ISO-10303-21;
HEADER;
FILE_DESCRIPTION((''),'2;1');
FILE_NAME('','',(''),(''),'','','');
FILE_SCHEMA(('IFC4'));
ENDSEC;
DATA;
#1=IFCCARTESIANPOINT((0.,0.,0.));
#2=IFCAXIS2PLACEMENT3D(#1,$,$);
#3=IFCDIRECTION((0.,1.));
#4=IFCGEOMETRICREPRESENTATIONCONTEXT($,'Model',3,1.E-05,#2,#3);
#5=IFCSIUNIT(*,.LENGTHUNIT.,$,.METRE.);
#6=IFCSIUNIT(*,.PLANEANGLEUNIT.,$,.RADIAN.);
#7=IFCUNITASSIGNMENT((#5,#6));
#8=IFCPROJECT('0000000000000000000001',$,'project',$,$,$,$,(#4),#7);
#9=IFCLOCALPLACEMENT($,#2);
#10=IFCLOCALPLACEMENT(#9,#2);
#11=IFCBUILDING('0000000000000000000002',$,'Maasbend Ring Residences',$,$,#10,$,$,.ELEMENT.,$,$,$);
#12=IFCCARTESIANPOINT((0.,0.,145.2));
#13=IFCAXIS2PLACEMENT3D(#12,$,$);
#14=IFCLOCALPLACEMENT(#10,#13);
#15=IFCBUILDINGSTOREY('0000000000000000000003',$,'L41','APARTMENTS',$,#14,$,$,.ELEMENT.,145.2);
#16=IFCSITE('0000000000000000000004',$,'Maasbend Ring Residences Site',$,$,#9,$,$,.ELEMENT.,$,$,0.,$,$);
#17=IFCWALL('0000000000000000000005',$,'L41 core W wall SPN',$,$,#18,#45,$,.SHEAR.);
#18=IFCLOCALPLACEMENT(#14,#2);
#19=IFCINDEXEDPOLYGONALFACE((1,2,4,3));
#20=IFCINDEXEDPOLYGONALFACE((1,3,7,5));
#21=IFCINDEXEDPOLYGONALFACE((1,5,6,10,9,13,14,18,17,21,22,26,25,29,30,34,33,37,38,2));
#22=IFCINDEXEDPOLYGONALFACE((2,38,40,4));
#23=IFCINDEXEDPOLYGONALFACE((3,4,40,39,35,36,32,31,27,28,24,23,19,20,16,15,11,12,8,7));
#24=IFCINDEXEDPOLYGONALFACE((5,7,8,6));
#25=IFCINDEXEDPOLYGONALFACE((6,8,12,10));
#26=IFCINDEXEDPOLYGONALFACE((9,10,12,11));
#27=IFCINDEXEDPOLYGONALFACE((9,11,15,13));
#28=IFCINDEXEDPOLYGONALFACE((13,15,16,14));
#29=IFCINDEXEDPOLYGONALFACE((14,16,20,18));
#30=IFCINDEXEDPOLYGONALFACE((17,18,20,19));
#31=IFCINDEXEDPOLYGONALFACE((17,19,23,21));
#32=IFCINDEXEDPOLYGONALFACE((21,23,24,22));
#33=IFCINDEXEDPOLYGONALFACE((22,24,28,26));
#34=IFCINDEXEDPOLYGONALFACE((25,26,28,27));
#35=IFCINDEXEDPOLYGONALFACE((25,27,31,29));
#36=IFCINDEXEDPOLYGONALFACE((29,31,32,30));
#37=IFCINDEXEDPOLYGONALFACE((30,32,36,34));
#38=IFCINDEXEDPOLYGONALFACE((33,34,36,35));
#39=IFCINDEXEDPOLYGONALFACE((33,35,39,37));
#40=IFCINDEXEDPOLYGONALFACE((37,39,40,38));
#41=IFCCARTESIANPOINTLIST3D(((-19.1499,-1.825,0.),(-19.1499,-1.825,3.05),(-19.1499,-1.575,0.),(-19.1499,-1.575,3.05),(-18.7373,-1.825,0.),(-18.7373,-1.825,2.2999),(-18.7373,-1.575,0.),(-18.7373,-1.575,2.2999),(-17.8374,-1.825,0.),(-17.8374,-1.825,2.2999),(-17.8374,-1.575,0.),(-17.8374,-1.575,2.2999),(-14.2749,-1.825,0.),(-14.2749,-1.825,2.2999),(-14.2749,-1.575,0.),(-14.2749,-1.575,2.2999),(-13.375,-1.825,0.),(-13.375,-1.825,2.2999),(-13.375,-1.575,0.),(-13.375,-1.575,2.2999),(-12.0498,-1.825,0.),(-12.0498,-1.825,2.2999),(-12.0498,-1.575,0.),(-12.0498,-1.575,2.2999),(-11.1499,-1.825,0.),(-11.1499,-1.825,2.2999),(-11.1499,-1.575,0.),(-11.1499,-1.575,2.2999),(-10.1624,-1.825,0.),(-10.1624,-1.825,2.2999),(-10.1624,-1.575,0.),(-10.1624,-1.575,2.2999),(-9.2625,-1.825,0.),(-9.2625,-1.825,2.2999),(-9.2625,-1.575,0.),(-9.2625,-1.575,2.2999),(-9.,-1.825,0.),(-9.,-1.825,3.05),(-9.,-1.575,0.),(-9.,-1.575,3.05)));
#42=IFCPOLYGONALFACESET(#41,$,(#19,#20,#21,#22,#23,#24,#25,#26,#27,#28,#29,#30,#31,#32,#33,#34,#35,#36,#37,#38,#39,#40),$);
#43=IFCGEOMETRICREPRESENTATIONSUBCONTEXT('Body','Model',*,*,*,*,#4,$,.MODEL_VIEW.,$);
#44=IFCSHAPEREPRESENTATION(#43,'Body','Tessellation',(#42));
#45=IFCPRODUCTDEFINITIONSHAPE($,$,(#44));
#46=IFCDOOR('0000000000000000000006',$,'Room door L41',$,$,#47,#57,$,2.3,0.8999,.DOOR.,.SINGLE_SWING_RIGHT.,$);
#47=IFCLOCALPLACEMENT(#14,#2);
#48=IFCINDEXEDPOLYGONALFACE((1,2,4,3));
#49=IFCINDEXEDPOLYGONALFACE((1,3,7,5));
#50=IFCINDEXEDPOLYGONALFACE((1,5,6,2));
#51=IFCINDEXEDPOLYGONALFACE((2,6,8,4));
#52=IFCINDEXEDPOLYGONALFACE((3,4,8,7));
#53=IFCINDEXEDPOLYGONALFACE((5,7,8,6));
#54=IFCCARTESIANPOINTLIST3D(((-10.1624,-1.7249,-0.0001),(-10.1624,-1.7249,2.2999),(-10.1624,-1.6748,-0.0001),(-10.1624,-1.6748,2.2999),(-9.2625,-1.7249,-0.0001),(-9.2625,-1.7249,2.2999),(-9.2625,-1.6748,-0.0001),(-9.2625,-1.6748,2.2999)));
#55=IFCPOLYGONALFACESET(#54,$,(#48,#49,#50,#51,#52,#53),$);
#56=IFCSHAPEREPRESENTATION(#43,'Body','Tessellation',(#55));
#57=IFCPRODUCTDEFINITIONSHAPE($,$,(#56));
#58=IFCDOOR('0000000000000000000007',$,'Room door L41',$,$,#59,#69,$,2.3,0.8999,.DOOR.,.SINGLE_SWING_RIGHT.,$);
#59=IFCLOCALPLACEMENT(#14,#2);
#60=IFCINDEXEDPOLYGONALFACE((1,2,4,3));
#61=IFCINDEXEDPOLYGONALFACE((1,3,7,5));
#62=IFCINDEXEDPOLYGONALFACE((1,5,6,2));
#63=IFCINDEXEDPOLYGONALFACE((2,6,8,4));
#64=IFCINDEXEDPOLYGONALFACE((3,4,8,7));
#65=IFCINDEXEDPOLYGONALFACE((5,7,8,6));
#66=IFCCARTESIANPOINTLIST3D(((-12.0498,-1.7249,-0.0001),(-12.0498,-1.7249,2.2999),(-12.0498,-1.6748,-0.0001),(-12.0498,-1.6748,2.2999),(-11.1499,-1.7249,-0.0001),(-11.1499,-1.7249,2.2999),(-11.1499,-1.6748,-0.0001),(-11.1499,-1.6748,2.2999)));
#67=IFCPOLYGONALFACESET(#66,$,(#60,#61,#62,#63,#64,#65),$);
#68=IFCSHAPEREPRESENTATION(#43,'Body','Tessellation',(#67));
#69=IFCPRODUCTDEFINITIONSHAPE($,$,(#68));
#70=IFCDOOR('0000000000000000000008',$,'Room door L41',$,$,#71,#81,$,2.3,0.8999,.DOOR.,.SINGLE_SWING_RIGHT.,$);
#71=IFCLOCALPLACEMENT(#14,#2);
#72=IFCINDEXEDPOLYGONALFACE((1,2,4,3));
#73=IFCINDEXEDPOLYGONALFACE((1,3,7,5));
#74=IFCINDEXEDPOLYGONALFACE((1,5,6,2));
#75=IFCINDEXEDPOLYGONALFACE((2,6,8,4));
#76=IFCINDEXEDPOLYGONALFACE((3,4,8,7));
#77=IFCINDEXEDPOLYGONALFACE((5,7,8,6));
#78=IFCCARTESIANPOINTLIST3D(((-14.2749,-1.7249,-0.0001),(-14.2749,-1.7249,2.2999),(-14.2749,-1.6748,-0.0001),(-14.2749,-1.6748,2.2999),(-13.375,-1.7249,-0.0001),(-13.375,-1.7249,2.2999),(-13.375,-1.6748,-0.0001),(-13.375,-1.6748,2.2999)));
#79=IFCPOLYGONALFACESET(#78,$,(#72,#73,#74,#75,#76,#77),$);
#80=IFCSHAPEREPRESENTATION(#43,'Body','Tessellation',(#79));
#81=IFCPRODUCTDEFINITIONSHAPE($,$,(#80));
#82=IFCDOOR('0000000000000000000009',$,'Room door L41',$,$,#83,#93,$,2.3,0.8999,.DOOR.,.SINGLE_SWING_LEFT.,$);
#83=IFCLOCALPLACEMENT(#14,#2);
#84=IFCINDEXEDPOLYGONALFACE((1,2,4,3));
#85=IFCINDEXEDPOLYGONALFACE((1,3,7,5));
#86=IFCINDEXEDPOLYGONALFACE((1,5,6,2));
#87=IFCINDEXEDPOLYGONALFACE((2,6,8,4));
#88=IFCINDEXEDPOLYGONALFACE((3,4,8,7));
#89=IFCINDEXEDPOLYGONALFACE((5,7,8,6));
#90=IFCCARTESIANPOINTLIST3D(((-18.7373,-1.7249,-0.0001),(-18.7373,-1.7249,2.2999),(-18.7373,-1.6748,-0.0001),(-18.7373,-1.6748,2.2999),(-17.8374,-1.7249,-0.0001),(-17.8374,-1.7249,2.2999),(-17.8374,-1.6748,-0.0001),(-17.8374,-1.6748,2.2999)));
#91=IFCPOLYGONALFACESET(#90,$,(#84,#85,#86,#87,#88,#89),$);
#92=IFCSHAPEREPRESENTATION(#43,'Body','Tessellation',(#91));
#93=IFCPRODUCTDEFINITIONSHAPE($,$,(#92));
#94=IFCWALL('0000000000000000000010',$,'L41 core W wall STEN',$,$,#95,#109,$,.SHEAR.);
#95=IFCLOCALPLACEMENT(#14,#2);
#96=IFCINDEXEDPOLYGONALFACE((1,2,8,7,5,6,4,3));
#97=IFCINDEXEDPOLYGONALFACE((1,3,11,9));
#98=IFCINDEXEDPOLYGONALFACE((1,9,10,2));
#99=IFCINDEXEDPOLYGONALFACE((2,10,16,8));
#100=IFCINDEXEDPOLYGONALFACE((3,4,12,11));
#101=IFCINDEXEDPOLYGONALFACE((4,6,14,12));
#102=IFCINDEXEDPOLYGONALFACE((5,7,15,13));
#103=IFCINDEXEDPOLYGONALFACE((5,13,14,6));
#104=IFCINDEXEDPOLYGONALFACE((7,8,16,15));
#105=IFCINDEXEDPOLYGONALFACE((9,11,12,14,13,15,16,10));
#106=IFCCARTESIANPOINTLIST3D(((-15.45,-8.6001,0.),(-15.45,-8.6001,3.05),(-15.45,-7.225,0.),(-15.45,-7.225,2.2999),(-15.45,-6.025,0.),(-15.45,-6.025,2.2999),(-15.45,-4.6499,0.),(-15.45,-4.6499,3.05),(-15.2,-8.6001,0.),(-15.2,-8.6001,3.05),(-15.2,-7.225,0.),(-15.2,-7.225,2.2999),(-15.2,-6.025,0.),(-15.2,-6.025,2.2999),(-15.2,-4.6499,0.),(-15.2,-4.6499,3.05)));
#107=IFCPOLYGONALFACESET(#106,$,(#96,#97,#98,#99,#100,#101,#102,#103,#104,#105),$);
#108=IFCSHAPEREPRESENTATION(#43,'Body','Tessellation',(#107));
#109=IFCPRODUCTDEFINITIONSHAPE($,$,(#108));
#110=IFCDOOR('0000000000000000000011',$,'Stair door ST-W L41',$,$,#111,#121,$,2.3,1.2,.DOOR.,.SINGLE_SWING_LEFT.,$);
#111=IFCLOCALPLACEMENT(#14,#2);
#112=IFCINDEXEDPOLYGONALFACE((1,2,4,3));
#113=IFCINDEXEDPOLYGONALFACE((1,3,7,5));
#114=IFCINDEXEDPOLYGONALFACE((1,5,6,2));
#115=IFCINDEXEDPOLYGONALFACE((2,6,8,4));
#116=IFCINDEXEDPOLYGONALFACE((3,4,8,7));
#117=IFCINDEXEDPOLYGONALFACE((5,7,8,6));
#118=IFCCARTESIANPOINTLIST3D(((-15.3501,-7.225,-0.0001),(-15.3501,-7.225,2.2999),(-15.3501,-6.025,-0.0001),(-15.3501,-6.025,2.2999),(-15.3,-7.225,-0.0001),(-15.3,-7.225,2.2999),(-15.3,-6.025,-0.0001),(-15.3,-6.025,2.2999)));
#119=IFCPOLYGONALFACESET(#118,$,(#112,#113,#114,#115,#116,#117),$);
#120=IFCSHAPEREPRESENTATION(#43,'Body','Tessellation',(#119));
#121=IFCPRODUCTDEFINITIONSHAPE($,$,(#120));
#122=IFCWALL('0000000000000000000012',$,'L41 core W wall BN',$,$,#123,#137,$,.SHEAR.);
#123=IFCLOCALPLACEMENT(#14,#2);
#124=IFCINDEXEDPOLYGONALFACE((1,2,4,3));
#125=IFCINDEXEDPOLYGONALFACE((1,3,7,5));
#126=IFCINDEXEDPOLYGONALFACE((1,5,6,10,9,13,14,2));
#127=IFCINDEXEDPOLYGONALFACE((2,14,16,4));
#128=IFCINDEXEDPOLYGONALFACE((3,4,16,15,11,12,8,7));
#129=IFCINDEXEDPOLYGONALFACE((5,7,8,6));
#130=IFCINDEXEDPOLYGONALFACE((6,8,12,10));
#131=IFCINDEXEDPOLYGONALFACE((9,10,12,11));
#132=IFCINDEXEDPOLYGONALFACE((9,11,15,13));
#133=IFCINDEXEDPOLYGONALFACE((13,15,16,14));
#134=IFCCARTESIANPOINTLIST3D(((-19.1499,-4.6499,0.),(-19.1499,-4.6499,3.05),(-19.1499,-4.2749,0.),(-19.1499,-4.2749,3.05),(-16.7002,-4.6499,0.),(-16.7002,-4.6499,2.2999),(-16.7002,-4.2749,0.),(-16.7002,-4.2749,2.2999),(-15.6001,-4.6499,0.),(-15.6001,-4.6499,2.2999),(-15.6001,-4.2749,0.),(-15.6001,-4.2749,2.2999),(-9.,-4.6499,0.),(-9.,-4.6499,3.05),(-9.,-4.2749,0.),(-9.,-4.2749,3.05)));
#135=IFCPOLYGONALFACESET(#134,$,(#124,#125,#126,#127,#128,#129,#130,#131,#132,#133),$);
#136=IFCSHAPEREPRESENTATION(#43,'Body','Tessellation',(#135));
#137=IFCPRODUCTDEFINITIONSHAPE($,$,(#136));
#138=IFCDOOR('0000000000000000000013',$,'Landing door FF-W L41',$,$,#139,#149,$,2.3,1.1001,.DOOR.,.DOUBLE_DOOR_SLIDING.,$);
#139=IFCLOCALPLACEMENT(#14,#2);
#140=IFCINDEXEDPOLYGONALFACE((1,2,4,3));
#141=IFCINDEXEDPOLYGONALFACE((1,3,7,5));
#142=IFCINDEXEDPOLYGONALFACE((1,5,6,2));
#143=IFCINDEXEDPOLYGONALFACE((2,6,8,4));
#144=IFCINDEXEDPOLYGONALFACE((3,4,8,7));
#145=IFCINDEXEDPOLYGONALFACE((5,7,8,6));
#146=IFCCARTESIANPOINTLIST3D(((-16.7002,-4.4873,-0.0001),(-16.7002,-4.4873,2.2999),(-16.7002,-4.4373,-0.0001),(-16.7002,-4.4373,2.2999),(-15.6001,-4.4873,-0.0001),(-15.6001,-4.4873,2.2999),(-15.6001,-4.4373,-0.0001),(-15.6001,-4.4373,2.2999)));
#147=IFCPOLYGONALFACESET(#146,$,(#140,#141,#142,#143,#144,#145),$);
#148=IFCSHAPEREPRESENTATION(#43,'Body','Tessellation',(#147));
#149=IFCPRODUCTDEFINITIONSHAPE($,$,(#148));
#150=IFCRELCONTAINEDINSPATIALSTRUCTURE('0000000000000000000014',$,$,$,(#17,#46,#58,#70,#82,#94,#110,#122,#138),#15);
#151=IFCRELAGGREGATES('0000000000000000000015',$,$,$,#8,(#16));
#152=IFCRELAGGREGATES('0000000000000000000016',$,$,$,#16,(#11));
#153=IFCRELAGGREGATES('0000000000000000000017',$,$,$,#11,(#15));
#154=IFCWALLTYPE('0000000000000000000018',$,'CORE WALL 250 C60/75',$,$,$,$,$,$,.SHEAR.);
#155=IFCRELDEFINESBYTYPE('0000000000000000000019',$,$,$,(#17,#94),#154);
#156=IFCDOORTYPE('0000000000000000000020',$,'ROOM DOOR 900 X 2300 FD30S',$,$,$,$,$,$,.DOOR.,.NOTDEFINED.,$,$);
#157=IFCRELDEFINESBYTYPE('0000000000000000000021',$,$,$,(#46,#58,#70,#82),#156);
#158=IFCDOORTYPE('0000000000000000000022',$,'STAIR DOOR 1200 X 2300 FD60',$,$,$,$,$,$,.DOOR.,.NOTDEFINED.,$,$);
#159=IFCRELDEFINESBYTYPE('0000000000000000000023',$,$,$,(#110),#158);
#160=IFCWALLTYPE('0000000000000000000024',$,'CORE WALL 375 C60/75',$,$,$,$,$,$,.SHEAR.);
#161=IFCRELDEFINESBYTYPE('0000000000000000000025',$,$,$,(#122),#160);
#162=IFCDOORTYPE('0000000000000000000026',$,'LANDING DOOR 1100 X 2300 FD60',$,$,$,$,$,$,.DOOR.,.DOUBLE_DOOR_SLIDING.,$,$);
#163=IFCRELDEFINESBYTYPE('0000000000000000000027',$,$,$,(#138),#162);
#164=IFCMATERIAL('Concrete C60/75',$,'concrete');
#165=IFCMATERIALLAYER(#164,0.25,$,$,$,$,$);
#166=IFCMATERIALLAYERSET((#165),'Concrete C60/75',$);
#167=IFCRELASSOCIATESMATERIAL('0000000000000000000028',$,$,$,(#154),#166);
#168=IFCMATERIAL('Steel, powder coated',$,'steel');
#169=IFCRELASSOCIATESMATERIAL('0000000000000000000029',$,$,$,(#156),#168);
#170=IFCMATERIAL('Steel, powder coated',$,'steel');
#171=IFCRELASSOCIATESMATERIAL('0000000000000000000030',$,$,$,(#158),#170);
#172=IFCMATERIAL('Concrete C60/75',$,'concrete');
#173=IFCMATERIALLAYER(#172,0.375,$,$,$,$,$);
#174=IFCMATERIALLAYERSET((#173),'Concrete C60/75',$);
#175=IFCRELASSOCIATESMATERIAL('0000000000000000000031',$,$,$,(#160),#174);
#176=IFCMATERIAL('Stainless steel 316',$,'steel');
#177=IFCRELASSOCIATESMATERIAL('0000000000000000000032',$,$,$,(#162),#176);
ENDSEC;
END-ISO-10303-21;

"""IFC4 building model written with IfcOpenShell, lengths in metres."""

from ifc_helpers import new_model, si_unit, direction, frame, frame_2d, origin, place, context, subcontext, project, spatial, rectangle, extrude, material, layer, layer_set, type_object, element, fill, save


model = new_model("IFC4")

# Units and contexts
model_context = context("Model", 3, precision=1e-05, world=origin(), true_north=direction((0.0, 1.0)))
body_context = subcontext(model_context, "Body", "Model", "MODEL_VIEW")
ifc_project = project(units=[si_unit("LENGTHUNIT", "METRE"), si_unit("PLANEANGLEUNIT", "RADIAN")], contexts=[model_context])

# Site, building, storey
site_placement = place(None, origin())
site = spatial("IfcSite", under=ifc_project, at=site_placement, Name="Maasbend Ring Residences Site", CompositionType="ELEMENT", RefElevation=0.0)
building_placement = place(site_placement, origin())
building = spatial("IfcBuilding", under=site, at=building_placement, Name="Maasbend Ring Residences", CompositionType="ELEMENT")
storey_placement = place(building_placement, frame((0.0, 0.0, 145.2)))
storey = spatial("IfcBuildingStorey", under=building, at=storey_placement, Name="L41", Description="APARTMENTS", CompositionType="ELEMENT", Elevation=145.2)

# Wall, openings, doors
ifc_material_1 = material(Name="Concrete C60/75", Category="concrete")
ifc_layer_1 = layer(ifc_material_1, 0.25)
ifc_layer_set_1 = layer_set([ifc_layer_1], Name="Concrete C60/75")
wall_type_1 = type_object("IfcWallType", Name="CORE WALL 250 C60/75", PredefinedType="SHEAR", material=ifc_layer_set_1)
wall_1_placement = place(storey_placement, frame((-9.0, -1.7, 0.0), z_axis=(0.0, 0.0, 1.0), x_axis=(-1.0, 0.0, 0.0)))
wall_1 = element("IfcWall", 1, at=wall_1_placement, inside=storey, type_object=wall_type_1, Name="L41 core W wall SPN", PredefinedType="SHEAR", context=body_context, shape_type="SweptSolid", body=[
    extrude(rectangle(XDim=10.1499, YDim=0.25, at=frame_2d((5.075, 0.0))), origin(), (0.0, 0.0, 1.0), 3.05),
])
opening_1_placement = place(wall_1_placement, frame((0.2625, 0.0, 0.0)))
opening_1 = element("IfcOpeningElement", 2, at=opening_1_placement, cuts=wall_1, PredefinedType="OPENING", context=body_context, shape_type="SweptSolid", body=[
    extrude(rectangle(XDim=0.8999, YDim=2.3, at=frame_2d((0.45, 1.1499))), frame((0.0, 0.135, 0.0), z_axis=(0.0, -1.0, 0.0), x_axis=(1.0, 0.0, 0.0)), (0.0, 0.0, 1.0), 0.27),
])
opening_2_placement = place(wall_1_placement, frame((2.1499, 0.0, 0.0)))
opening_2 = element("IfcOpeningElement", 3, at=opening_2_placement, cuts=wall_1, PredefinedType="OPENING", context=body_context, shape_type="SweptSolid", body=[
    extrude(rectangle(XDim=0.8999, YDim=2.3, at=frame_2d((0.45, 1.1499))), frame((0.0, 0.135, 0.0), z_axis=(0.0, -1.0, 0.0), x_axis=(1.0, 0.0, 0.0)), (0.0, 0.0, 1.0), 0.27),
])
opening_3_placement = place(wall_1_placement, frame((4.375, 0.0, 0.0)))
opening_3 = element("IfcOpeningElement", 4, at=opening_3_placement, cuts=wall_1, PredefinedType="OPENING", context=body_context, shape_type="SweptSolid", body=[
    extrude(rectangle(XDim=0.8999, YDim=2.3, at=frame_2d((0.45, 1.1499))), frame((0.0, 0.135, 0.0), z_axis=(0.0, -1.0, 0.0), x_axis=(1.0, 0.0, 0.0)), (0.0, 0.0, 1.0), 0.27),
])
opening_4_placement = place(wall_1_placement, frame((8.8374, 0.0, 0.0)))
opening_4 = element("IfcOpeningElement", 5, at=opening_4_placement, cuts=wall_1, PredefinedType="OPENING", context=body_context, shape_type="SweptSolid", body=[
    extrude(rectangle(XDim=0.8999, YDim=2.3, at=frame_2d((0.45, 1.1499))), frame((0.0, 0.135, 0.0), z_axis=(0.0, -1.0, 0.0), x_axis=(1.0, 0.0, 0.0)), (0.0, 0.0, 1.0), 0.27),
])
ifc_material_2 = material(Name="Steel, powder coated", Category="steel")
door_type_1 = type_object("IfcDoorType", Name="ROOM DOOR 900 X 2300 FD30S", OperationType="NOTDEFINED", PredefinedType="DOOR", material=ifc_material_2)
door_1_placement = place(opening_1_placement, origin())
door_1 = element("IfcDoor", 6, at=door_1_placement, inside=storey, type_object=door_type_1, Name="Room door L41", OperationType="SINGLE_SWING_RIGHT", OverallHeight=2.3, OverallWidth=0.8999, PredefinedType="DOOR", context=body_context, shape_type="SweptSolid", body=[
    extrude(rectangle(XDim=0.8999, YDim=2.3, at=frame_2d((0.45, 1.1499))), frame((0.0, 0.0249, 0.0), z_axis=(0.0, -1.0, 0.0), x_axis=(1.0, 0.0, 0.0)), (0.0, 0.0, 1.0), 0.05),
])
fill(opening_1, door_1)
door_2_placement = place(opening_2_placement, origin())
door_2 = element("IfcDoor", 7, at=door_2_placement, inside=storey, type_object=door_type_1, Name="Room door L41", OperationType="SINGLE_SWING_RIGHT", OverallHeight=2.3, OverallWidth=0.8999, PredefinedType="DOOR", context=body_context, shape_type="SweptSolid", body=[
    extrude(rectangle(XDim=0.8999, YDim=2.3, at=frame_2d((0.45, 1.1499))), frame((0.0, 0.0249, 0.0), z_axis=(0.0, -1.0, 0.0), x_axis=(1.0, 0.0, 0.0)), (0.0, 0.0, 1.0), 0.05),
])
fill(opening_2, door_2)
door_3_placement = place(opening_3_placement, origin())
door_3 = element("IfcDoor", 8, at=door_3_placement, inside=storey, type_object=door_type_1, Name="Room door L41", OperationType="SINGLE_SWING_RIGHT", OverallHeight=2.3, OverallWidth=0.8999, PredefinedType="DOOR", context=body_context, shape_type="SweptSolid", body=[
    extrude(rectangle(XDim=0.8999, YDim=2.3, at=frame_2d((0.45, 1.1499))), frame((0.0, 0.0249, 0.0), z_axis=(0.0, -1.0, 0.0), x_axis=(1.0, 0.0, 0.0)), (0.0, 0.0, 1.0), 0.05),
])
fill(opening_3, door_3)
door_4_placement = place(opening_4_placement, origin())
door_4 = element("IfcDoor", 9, at=door_4_placement, inside=storey, type_object=door_type_1, Name="Room door L41", OperationType="SINGLE_SWING_LEFT", OverallHeight=2.3, OverallWidth=0.8999, PredefinedType="DOOR", context=body_context, shape_type="SweptSolid", body=[
    extrude(rectangle(XDim=0.8999, YDim=2.3, at=frame_2d((0.45, 1.1499))), frame((0.0, 0.0249, 0.0), z_axis=(0.0, -1.0, 0.0), x_axis=(1.0, 0.0, 0.0)), (0.0, 0.0, 1.0), 0.05),
])
fill(opening_4, door_4)

# Walls, openings, doors
wall_2_placement = place(storey_placement, frame((-15.325, -4.6499, 0.0), z_axis=(0.0, 0.0, 1.0), x_axis=(0.0, -1.0, 0.0)))
wall_2 = element("IfcWall", 10, at=wall_2_placement, inside=storey, type_object=wall_type_1, Name="L41 core W wall STEN", PredefinedType="SHEAR", context=body_context, shape_type="SweptSolid", body=[
    extrude(rectangle(XDim=3.9502, YDim=0.25, at=frame_2d((1.9751, 0.0))), origin(), (0.0, 0.0, 1.0), 3.05),
])
opening_5_placement = place(wall_2_placement, frame((1.375, 0.0, 0.0)))
opening_5 = element("IfcOpeningElement", 11, at=opening_5_placement, cuts=wall_2, PredefinedType="OPENING", context=body_context, shape_type="SweptSolid", body=[
    extrude(rectangle(XDim=1.2, YDim=2.3, at=frame_2d((0.6001, 1.1499))), frame((0.0, 0.135, 0.0), z_axis=(0.0, -1.0, 0.0), x_axis=(1.0, 0.0, 0.0)), (0.0, 0.0, 1.0), 0.27),
])
ifc_material_3 = material(Name="Steel, powder coated", Category="steel")
door_type_2 = type_object("IfcDoorType", Name="STAIR DOOR 1200 X 2300 FD60", OperationType="NOTDEFINED", PredefinedType="DOOR", material=ifc_material_3)
door_5_placement = place(opening_5_placement, origin())
door_5 = element("IfcDoor", 12, at=door_5_placement, inside=storey, type_object=door_type_2, Name="Stair door ST-W L41", OperationType="SINGLE_SWING_LEFT", OverallHeight=2.3, OverallWidth=1.2, PredefinedType="DOOR", context=body_context, shape_type="SweptSolid", body=[
    extrude(rectangle(XDim=1.2, YDim=2.3, at=frame_2d((0.6001, 1.1499))), frame((0.0, 0.0249, 0.0), z_axis=(0.0, -1.0, 0.0), x_axis=(1.0, 0.0, 0.0)), (0.0, 0.0, 1.0), 0.05),
])
fill(opening_5, door_5)
ifc_material_4 = material(Name="Concrete C60/75", Category="concrete")
ifc_layer_2 = layer(ifc_material_4, 0.375)
ifc_layer_set_2 = layer_set([ifc_layer_2], Name="Concrete C60/75")
wall_type_2 = type_object("IfcWallType", Name="CORE WALL 375 C60/75", PredefinedType="SHEAR", material=ifc_layer_set_2)
wall_3_placement = place(storey_placement, frame((-9.0, -4.4624, 0.0), z_axis=(0.0, 0.0, 1.0), x_axis=(-1.0, 0.0, 0.0)))
wall_3 = element("IfcWall", 13, at=wall_3_placement, inside=storey, type_object=wall_type_2, Name="L41 core W wall BN", PredefinedType="SHEAR", context=body_context, shape_type="SweptSolid", body=[
    extrude(rectangle(XDim=10.1499, YDim=0.375, at=frame_2d((5.075, 0.0))), origin(), (0.0, 0.0, 1.0), 3.05),
])
opening_6_placement = place(wall_3_placement, frame((6.6001, 0.0, 0.0)))
opening_6 = element("IfcOpeningElement", 14, at=opening_6_placement, cuts=wall_3, PredefinedType="OPENING", context=body_context, shape_type="SweptSolid", body=[
    extrude(rectangle(XDim=1.1001, YDim=2.3, at=frame_2d((0.55, 1.1499))), frame((0.0, 0.1975, 0.0), z_axis=(0.0, -1.0, 0.0), x_axis=(1.0, 0.0, 0.0)), (0.0, 0.0, 1.0), 0.395),
])
ifc_material_5 = material(Name="Stainless steel 316", Category="steel")
door_type_3 = type_object("IfcDoorType", Name="LANDING DOOR 1100 X 2300 FD60", OperationType="DOUBLE_DOOR_SLIDING", PredefinedType="DOOR", material=ifc_material_5)
door_6_placement = place(opening_6_placement, origin())
door_6 = element("IfcDoor", 15, at=door_6_placement, inside=storey, type_object=door_type_3, Name="Landing door FF-W L41", OperationType="DOUBLE_DOOR_SLIDING", OverallHeight=2.3, OverallWidth=1.1001, PredefinedType="DOOR", context=body_context, shape_type="SweptSolid", body=[
    extrude(rectangle(XDim=1.1001, YDim=2.3, at=frame_2d((0.55, 1.1499))), frame((0.0, 0.0249, 0.0), z_axis=(0.0, -1.0, 0.0), x_axis=(1.0, 0.0, 0.0)), (0.0, 0.0, 1.0), 0.05),
])
fill(opening_6, door_6)

save(model, "model.ifc")
